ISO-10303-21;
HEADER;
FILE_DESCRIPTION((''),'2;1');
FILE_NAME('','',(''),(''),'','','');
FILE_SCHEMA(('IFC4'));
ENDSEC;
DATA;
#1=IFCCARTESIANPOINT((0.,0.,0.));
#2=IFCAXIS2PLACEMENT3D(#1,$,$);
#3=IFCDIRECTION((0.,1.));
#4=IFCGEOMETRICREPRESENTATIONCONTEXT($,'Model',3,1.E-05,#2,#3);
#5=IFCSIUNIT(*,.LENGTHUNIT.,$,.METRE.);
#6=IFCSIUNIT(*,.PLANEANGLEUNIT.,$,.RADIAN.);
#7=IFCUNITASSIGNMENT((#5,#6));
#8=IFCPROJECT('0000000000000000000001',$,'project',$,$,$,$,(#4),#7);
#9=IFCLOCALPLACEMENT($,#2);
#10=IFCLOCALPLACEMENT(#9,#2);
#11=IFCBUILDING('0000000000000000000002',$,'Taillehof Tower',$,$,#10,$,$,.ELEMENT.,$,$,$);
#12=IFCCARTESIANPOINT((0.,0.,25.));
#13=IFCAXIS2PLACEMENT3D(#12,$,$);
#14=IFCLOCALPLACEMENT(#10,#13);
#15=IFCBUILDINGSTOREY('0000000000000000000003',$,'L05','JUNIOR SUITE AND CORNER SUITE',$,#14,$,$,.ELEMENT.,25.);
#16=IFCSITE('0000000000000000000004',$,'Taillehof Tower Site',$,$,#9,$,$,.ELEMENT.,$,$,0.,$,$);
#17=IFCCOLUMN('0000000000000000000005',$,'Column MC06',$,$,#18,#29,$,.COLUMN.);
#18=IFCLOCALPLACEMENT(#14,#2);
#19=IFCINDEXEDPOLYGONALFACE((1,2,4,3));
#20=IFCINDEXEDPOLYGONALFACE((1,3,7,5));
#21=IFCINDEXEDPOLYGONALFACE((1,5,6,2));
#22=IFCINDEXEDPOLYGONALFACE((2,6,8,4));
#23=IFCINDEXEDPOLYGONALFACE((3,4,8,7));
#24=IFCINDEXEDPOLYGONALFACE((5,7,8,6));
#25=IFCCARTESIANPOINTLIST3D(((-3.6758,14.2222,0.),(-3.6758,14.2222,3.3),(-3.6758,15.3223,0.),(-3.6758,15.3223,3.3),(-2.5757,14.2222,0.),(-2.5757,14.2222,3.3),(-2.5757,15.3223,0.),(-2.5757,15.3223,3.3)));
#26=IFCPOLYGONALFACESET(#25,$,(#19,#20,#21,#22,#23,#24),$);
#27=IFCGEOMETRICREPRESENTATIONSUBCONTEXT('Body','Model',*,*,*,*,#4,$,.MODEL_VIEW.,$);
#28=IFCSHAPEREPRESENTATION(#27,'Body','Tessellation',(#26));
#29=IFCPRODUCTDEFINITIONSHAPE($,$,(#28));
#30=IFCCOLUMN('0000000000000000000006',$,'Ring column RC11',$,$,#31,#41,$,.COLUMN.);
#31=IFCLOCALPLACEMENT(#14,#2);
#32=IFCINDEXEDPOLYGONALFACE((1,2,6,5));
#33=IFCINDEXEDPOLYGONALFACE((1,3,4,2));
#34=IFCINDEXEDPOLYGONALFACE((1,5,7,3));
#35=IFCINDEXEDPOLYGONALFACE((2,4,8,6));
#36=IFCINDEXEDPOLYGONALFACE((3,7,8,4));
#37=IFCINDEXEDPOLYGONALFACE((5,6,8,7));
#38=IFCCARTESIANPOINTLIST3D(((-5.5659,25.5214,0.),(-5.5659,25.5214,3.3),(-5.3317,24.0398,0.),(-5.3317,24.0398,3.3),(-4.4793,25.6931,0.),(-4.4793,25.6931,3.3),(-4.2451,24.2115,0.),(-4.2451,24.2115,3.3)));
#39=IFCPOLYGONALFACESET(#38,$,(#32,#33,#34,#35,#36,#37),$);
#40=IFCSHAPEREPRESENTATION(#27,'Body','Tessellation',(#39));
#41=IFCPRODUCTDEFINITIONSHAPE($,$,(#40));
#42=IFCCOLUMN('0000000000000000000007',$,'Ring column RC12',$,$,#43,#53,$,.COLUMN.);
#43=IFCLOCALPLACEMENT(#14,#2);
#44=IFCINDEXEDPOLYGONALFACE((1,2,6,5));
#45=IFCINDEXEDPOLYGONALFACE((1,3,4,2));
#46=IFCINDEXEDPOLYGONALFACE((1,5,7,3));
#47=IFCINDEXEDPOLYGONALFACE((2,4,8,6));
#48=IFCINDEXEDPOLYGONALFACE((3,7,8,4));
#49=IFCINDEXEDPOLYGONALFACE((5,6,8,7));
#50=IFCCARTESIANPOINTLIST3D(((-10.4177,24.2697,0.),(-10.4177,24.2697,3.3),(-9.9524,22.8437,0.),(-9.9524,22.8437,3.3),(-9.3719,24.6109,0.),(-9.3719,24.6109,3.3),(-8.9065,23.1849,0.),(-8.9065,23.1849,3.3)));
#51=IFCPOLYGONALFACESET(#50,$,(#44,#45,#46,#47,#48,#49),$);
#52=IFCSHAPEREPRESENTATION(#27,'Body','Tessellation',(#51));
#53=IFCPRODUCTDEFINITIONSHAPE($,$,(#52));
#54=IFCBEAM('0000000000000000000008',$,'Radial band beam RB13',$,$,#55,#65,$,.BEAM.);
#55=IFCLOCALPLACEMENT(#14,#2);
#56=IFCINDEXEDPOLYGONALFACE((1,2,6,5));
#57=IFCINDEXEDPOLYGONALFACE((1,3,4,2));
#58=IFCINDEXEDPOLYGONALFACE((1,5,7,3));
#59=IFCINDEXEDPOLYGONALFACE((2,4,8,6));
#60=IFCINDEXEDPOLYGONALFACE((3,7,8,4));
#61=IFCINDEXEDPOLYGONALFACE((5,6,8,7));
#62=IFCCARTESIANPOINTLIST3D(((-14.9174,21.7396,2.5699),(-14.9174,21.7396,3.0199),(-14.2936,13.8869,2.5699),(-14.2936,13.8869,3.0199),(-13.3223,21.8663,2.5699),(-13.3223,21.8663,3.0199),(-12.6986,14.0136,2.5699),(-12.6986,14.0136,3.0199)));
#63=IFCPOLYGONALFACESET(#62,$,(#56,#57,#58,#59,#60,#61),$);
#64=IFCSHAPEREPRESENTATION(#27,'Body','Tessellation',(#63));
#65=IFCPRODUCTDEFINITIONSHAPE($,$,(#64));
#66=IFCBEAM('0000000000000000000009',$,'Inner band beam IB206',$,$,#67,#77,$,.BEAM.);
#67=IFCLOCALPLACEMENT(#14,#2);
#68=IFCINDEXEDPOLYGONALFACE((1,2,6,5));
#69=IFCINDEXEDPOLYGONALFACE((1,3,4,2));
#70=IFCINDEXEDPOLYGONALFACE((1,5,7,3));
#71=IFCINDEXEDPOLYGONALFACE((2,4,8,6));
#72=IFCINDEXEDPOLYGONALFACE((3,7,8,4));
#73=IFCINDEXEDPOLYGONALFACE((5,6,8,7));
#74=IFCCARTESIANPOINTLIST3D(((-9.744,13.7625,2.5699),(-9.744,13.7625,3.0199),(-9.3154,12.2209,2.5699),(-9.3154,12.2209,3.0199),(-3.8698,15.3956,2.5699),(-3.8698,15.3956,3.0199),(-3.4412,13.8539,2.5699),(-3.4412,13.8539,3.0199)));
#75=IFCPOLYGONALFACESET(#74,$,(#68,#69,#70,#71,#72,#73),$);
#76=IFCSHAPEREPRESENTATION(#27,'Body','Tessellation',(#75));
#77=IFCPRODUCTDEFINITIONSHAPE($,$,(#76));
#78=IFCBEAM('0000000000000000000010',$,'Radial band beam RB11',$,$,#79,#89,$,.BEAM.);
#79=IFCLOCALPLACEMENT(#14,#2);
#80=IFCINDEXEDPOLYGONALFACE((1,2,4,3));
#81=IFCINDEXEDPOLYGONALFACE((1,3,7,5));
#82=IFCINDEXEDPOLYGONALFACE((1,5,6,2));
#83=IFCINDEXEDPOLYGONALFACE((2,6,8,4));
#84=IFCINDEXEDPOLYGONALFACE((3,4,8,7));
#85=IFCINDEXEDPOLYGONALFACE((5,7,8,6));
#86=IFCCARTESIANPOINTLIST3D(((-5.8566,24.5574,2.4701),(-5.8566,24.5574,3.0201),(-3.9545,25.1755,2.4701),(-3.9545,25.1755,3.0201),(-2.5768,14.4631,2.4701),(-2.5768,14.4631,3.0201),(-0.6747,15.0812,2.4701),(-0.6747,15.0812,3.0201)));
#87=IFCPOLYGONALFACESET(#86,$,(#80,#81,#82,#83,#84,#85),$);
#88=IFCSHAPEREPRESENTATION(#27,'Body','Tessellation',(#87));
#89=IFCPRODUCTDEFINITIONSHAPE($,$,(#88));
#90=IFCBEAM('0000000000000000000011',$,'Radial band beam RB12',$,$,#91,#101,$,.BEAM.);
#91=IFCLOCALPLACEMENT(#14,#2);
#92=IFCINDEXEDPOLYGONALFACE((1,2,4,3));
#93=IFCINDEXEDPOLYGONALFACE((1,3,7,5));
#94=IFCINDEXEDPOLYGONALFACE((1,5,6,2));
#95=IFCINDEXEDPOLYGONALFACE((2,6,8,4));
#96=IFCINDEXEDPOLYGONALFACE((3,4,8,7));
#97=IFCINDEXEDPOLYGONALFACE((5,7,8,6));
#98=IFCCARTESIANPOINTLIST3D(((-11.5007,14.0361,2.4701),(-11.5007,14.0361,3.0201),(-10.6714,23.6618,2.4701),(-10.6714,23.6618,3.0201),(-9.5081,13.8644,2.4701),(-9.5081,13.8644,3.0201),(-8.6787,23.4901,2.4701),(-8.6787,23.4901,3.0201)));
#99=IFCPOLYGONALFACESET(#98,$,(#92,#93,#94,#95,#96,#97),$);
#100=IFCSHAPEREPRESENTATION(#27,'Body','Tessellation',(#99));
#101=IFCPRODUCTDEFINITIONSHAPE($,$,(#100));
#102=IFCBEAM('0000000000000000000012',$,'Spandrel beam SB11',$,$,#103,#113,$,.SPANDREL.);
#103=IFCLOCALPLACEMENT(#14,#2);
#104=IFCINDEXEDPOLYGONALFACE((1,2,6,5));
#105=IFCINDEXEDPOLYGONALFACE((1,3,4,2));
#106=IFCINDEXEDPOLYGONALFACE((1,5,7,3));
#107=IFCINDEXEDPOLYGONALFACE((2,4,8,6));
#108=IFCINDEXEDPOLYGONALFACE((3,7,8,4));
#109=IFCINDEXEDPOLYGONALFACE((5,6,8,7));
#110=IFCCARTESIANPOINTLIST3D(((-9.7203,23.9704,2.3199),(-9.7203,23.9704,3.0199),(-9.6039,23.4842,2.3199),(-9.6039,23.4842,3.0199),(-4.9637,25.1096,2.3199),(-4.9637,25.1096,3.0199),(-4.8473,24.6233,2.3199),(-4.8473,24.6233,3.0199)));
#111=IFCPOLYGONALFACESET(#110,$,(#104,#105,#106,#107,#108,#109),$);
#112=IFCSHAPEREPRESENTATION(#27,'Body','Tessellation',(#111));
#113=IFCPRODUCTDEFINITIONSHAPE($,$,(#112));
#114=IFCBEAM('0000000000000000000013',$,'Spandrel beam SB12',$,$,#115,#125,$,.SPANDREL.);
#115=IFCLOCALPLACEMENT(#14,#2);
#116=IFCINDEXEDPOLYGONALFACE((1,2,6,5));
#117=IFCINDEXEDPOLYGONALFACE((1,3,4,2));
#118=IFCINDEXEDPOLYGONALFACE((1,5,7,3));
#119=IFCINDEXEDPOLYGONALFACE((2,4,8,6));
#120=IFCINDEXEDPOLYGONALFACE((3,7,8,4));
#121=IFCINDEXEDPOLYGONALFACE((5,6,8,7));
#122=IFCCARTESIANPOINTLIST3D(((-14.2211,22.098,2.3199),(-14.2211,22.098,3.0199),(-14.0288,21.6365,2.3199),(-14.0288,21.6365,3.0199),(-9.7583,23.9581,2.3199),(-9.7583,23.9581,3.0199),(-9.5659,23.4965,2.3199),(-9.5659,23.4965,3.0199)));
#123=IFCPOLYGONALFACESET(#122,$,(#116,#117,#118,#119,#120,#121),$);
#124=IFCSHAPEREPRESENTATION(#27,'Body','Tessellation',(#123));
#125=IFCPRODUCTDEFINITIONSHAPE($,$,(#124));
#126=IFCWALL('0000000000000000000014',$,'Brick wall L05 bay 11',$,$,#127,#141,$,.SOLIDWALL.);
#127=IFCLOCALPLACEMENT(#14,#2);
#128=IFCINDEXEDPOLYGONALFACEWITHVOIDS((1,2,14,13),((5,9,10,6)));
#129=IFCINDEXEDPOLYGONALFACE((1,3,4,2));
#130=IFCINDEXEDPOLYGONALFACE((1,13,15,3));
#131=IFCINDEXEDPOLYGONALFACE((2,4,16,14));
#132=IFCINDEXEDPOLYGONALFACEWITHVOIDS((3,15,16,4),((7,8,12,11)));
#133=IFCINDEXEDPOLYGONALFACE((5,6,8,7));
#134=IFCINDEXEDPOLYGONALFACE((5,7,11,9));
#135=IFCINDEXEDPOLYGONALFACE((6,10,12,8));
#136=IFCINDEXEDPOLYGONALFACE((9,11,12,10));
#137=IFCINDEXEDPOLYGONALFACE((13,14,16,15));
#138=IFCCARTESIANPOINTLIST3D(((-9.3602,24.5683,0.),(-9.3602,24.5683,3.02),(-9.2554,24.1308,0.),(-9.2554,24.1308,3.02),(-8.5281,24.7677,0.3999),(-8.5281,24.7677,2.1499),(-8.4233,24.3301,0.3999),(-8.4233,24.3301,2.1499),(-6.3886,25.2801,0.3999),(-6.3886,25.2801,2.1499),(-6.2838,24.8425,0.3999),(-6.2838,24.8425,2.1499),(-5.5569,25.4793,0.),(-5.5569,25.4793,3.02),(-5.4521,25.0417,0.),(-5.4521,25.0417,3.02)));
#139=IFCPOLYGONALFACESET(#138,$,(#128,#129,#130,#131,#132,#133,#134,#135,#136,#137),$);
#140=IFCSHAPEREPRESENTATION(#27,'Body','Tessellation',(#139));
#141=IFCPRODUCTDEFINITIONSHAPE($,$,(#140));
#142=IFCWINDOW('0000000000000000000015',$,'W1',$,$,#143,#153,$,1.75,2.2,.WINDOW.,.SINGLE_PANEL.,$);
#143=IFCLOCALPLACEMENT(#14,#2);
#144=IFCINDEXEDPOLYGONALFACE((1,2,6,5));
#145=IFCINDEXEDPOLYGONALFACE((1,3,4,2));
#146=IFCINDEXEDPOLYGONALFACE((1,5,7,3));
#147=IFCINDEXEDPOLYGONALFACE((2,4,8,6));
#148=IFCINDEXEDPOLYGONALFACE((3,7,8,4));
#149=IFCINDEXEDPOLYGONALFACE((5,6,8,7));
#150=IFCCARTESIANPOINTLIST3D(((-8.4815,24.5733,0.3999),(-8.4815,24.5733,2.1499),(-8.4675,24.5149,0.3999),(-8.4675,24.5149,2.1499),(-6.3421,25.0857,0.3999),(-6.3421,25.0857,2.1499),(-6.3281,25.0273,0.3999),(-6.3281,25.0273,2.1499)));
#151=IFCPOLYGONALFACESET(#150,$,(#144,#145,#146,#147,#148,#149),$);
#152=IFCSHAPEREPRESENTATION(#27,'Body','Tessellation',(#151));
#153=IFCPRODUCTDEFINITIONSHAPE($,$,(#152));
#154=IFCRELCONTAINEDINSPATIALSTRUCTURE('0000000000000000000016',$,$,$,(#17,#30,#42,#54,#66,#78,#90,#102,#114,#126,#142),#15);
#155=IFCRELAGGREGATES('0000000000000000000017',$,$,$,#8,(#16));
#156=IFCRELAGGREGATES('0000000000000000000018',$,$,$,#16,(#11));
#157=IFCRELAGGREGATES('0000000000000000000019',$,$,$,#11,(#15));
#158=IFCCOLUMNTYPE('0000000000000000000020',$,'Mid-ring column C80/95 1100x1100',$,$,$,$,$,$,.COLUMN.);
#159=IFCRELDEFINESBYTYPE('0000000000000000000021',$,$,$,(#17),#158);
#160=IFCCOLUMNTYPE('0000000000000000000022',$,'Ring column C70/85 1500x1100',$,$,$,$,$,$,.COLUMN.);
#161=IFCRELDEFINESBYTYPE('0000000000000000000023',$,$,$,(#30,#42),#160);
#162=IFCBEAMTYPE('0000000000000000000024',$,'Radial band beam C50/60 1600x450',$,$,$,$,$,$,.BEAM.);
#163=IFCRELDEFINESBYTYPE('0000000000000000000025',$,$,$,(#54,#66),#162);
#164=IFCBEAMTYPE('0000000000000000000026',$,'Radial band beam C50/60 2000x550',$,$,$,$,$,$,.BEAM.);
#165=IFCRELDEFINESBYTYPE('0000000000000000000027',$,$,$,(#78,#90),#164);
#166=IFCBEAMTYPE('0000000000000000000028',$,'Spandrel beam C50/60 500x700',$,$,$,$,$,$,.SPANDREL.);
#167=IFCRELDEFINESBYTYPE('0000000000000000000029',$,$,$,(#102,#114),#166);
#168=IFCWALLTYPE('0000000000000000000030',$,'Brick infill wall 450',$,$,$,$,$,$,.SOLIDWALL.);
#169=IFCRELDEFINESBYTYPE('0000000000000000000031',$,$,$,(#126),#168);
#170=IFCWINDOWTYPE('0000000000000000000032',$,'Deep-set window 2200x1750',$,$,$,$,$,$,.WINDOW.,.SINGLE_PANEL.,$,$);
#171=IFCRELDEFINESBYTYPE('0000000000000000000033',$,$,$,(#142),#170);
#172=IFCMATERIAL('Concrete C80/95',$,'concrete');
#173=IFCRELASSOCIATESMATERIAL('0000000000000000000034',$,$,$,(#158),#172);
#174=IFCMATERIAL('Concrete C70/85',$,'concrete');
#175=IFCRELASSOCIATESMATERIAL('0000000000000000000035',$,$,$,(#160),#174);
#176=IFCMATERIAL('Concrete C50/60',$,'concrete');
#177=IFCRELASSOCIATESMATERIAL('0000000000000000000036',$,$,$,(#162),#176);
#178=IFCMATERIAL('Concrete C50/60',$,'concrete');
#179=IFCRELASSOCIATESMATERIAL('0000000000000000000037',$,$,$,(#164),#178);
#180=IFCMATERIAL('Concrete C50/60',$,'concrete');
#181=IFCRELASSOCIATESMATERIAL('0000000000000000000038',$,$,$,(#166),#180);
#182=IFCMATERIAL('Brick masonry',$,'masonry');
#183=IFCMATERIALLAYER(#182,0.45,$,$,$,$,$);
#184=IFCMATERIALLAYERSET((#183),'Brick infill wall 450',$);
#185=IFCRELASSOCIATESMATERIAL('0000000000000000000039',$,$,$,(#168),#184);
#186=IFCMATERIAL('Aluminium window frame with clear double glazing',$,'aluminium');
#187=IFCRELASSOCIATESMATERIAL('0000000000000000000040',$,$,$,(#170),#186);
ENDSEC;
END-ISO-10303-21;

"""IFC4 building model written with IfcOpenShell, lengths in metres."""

from ifc_helpers import new_model, si_unit, direction, frame, frame_2d, origin, origin_2d, place, context, subcontext, project, spatial, rectangle, extrude, material, layer, layer_set, material_profile, profile_set, type_object, element, fill, save


model = new_model("IFC4")

# Units and contexts
model_context = context("Model", 3, precision=1e-05, world=origin(), true_north=direction((0.0, 1.0)))
body_context = subcontext(model_context, "Body", "Model", "MODEL_VIEW")
ifc_project = project(units=[si_unit("LENGTHUNIT", "METRE"), si_unit("PLANEANGLEUNIT", "RADIAN")], contexts=[model_context])

# Site, building, storey
site_placement = place(None, origin())
site = spatial("IfcSite", under=ifc_project, at=site_placement, Name="Taillehof Tower Site", CompositionType="ELEMENT", RefElevation=0.0)
building_placement = place(site_placement, origin())
building = spatial("IfcBuilding", under=site, at=building_placement, Name="Taillehof Tower", CompositionType="ELEMENT")
storey_placement = place(building_placement, frame((0.0, 0.0, 25.0)))
storey = spatial("IfcBuildingStorey", under=building, at=storey_placement, Name="L05", Description="JUNIOR SUITE AND CORNER SUITE", CompositionType="ELEMENT", Elevation=25.0)

# Columns
ifc_material_1 = material(Name="Concrete C80/95", Category="concrete")
ifc_material_profile_1 = material_profile(ifc_material_1, rectangle(XDim=1.1001, YDim=1.1001, at=origin_2d()), Name="RC 1100x1100")
ifc_profile_set_1 = profile_set([ifc_material_profile_1], Name="Concrete C80/95")
column_type_1 = type_object("IfcColumnType", Name="Mid-ring column C80/95 1100x1100", PredefinedType="COLUMN", material=ifc_profile_set_1)
column_placement = place(storey_placement, frame((-3.1257, 14.7722, 0.0), z_axis=(0.0, 0.0, 1.0), x_axis=(1.0, 0.0, 0.0)))
element("IfcColumn", 1, at=column_placement, inside=storey, type_object=column_type_1, Name="Column MC06", PredefinedType="COLUMN", context=body_context, shape_type="SweptSolid", body=[
    extrude(rectangle(XDim=1.1001, YDim=1.1001, at=origin_2d()), origin(), (0.0, 0.0, 1.0), 3.3),
])
ifc_material_2 = material(Name="Concrete C70/85", Category="concrete")
ifc_material_profile_2 = material_profile(ifc_material_2, rectangle(XDim=1.5, YDim=1.1001, at=origin_2d()), Name="RC 1500x1100")
ifc_profile_set_2 = profile_set([ifc_material_profile_2], Name="Concrete C70/85")
column_type_2 = type_object("IfcColumnType", Name="Ring column C70/85 1500x1100", PredefinedType="COLUMN", material=ifc_profile_set_2)
for number, where, z_axis, x_axis, name in (
    (2, (-4.9055, 24.8665, 0.0), (0.0, 0.0, 1.0), (-0.156147, 0.987734, 0.0), "Ring column RC11"),
    (3, (-9.6621, 23.7273, 0.0), (0.0, 0.0, 1.0), (-0.310219, 0.950665, 0.0), "Ring column RC12"),
):
    element("IfcColumn", number, at=place(storey_placement, frame(where, z_axis=z_axis, x_axis=x_axis)), inside=storey, type_object=column_type_2, Name=name, PredefinedType="COLUMN", context=body_context, shape_type="SweptSolid", body=[
        extrude(rectangle(XDim=1.5, YDim=1.1001, at=origin_2d()), origin(), (0.0, 0.0, 1.0), 3.3),
    ])

# Beams
ifc_material_3 = material(Name="Concrete C50/60", Category="concrete")
ifc_material_profile_3 = material_profile(ifc_material_3, rectangle(XDim=1.6001, YDim=0.45, at=origin_2d()), Name="RC 1600x450")
ifc_profile_set_3 = profile_set([ifc_material_profile_3], Name="Concrete C50/60")
beam_type_1 = type_object("IfcBeamType", Name="Radial band beam C50/60 1600x450", PredefinedType="BEAM", material=ifc_profile_set_3)
beam_1_placement = place(storey_placement, frame((-14.1199, 21.803, 2.7949), z_axis=(0.079185, -0.99686, 0.0), x_axis=(0.99686, 0.079185, 0.0)))
element("IfcBeam", 4, at=beam_1_placement, inside=storey, type_object=beam_type_1, Name="Radial band beam RB13", PredefinedType="BEAM", context=body_context, shape_type="SweptSolid", body=[
    extrude(rectangle(XDim=1.6001, YDim=0.45, at=origin_2d()), origin(), (0.0, 0.0, 1.0), 7.8774),
])
beam_2_placement = place(storey_placement, frame((-3.6555, 14.6248, 2.7949), z_axis=(-0.963459, -0.267855, 0.0), x_axis=(0.267855, -0.963459, 0.0)))
element("IfcBeam", 5, at=beam_2_placement, inside=storey, type_object=beam_type_1, Name="Inner band beam IB206", PredefinedType="BEAM", context=body_context, shape_type="SweptSolid", body=[
    extrude(rectangle(XDim=1.6001, YDim=0.45, at=origin_2d()), origin(), (0.0, 0.0, 1.0), 6.0969),
])
ifc_material_4 = material(Name="Concrete C50/60", Category="concrete")
ifc_material_profile_4 = material_profile(ifc_material_4, rectangle(XDim=2.0, YDim=0.55, at=origin_2d()), Name="RC 2000x550")
ifc_profile_set_4 = profile_set([ifc_material_profile_4], Name="Concrete C50/60")
beam_type_2 = type_object("IfcBeamType", Name="Radial band beam C50/60 2000x550", PredefinedType="BEAM", material=ifc_profile_set_4)
beam_3_placement = place(storey_placement, frame((-4.9055, 24.8665, 2.7451), z_axis=(0.309014, -0.951057, 0.0), x_axis=(0.951057, 0.309014, 0.0)))
element("IfcBeam", 6, at=beam_3_placement, inside=storey, type_object=beam_type_2, Name="Radial band beam RB11", PredefinedType="BEAM", context=body_context, shape_type="SweptSolid", body=[
    extrude(rectangle(XDim=2.0, YDim=0.55, at=origin_2d()), origin(), (0.0, 0.0, 1.0), 10.6138),
])
beam_4_placement = place(storey_placement, frame((-9.675, 23.5759, 2.7451), z_axis=(-0.085841, -0.996309, 0.0), x_axis=(0.996309, -0.085841, 0.0)))
element("IfcBeam", 7, at=beam_4_placement, inside=storey, type_object=beam_type_2, Name="Radial band beam RB12", PredefinedType="BEAM", context=body_context, shape_type="SweptSolid", body=[
    extrude(rectangle(XDim=2.0, YDim=0.55, at=origin_2d()), origin(), (0.0, 0.0, 1.0), 9.6614),
])
ifc_material_5 = material(Name="Concrete C50/60", Category="concrete")
ifc_material_profile_5 = material_profile(ifc_material_5, rectangle(XDim=0.5, YDim=0.7, at=origin_2d()), Name="RC 500x700")
ifc_profile_set_5 = profile_set([ifc_material_profile_5], Name="Concrete C50/60")
beam_type_3 = type_object("IfcBeamType", Name="Spandrel beam C50/60 500x700", PredefinedType="SPANDREL", material=ifc_profile_set_5)
beam_5_placement = place(storey_placement, frame((-4.9055, 24.8665, 2.6699), z_axis=(-0.9725, -0.232905, 0.0), x_axis=(0.232905, -0.9725, 0.0)))
element("IfcBeam", 8, at=beam_5_placement, inside=storey, type_object=beam_type_3, Name="Spandrel beam SB11", PredefinedType="SPANDREL", context=body_context, shape_type="SweptSolid", body=[
    extrude(rectangle(XDim=0.5, YDim=0.7, at=origin_2d()), origin(), (0.0, 0.0, 1.0), 4.8911),
])
beam_6_placement = place(storey_placement, frame((-9.6621, 23.7273, 2.6699), z_axis=(-0.923035, -0.384716, 0.0), x_axis=(0.384716, -0.923035, 0.0)))
element("IfcBeam", 9, at=beam_6_placement, inside=storey, type_object=beam_type_3, Name="Spandrel beam SB12", PredefinedType="SPANDREL", context=body_context, shape_type="SweptSolid", body=[
    extrude(rectangle(XDim=0.5, YDim=0.7, at=origin_2d()), origin(), (0.0, 0.0, 1.0), 4.835),
])

# Wall, opening, window
ifc_material_6 = material(Name="Brick masonry", Category="masonry")
ifc_layer_1 = layer(ifc_material_6, 0.45)
ifc_layer_set_1 = layer_set([ifc_layer_1], Name="Brick infill wall 450")
wall_type_1 = type_object("IfcWallType", Name="Brick infill wall 450", PredefinedType="SOLIDWALL", material=ifc_layer_set_1)
wall_1_placement = place(storey_placement, frame((-5.5044, 25.2605, 0.0), z_axis=(0.0, 0.0, 1.0), x_axis=(-0.972497, -0.232917, 0.0)))
wall_1 = element("IfcWall", 10, at=wall_1_placement, inside=storey, type_object=wall_type_1, Name="Brick wall L05 bay 11", PredefinedType="SOLIDWALL", context=body_context, shape_type="SweptSolid", body=[
    extrude(rectangle(XDim=3.9109, YDim=0.45, at=frame_2d((1.9556, 0.0))), origin(), (0.0, 0.0, 1.0), 3.02),
])
opening_1_placement = place(wall_1_placement, frame((0.8552, 0.0, 0.3999)))
opening_1 = element("IfcOpeningElement", 11, at=opening_1_placement, cuts=wall_1, PredefinedType="OPENING", context=body_context, shape_type="SweptSolid", body=[
    extrude(rectangle(XDim=2.2, YDim=1.75, at=frame_2d((1.1001, 0.875))), frame((0.0, 0.2349, 0.0), z_axis=(0.0, -1.0, 0.0), x_axis=(1.0, 0.0, 0.0)), (0.0, 0.0, 1.0), 0.47),
])
ifc_material_7 = material(Name="Aluminium window frame with clear double glazing", Category="aluminium")
window_type = type_object("IfcWindowType", Name="Deep-set window 2200x1750", PartitioningType="SINGLE_PANEL", PredefinedType="WINDOW", material=ifc_material_7)
window_1_placement = place(opening_1_placement, origin())
window_1 = element("IfcWindow", 12, at=window_1_placement, inside=storey, type_object=window_type, Name="W1", OverallHeight=1.75, OverallWidth=2.2, PartitioningType="SINGLE_PANEL", PredefinedType="WINDOW", context=body_context, shape_type="SweptSolid", body=[
    extrude(rectangle(XDim=2.2, YDim=1.75, at=frame_2d((1.1001, 0.875))), frame((0.0, 0.0349, 0.0), z_axis=(0.0, -1.0, 0.0), x_axis=(1.0, 0.0, 0.0)), (0.0, 0.0, 1.0), 0.0601),
])
fill(opening_1, window_1)

save(model, "model.ifc")
